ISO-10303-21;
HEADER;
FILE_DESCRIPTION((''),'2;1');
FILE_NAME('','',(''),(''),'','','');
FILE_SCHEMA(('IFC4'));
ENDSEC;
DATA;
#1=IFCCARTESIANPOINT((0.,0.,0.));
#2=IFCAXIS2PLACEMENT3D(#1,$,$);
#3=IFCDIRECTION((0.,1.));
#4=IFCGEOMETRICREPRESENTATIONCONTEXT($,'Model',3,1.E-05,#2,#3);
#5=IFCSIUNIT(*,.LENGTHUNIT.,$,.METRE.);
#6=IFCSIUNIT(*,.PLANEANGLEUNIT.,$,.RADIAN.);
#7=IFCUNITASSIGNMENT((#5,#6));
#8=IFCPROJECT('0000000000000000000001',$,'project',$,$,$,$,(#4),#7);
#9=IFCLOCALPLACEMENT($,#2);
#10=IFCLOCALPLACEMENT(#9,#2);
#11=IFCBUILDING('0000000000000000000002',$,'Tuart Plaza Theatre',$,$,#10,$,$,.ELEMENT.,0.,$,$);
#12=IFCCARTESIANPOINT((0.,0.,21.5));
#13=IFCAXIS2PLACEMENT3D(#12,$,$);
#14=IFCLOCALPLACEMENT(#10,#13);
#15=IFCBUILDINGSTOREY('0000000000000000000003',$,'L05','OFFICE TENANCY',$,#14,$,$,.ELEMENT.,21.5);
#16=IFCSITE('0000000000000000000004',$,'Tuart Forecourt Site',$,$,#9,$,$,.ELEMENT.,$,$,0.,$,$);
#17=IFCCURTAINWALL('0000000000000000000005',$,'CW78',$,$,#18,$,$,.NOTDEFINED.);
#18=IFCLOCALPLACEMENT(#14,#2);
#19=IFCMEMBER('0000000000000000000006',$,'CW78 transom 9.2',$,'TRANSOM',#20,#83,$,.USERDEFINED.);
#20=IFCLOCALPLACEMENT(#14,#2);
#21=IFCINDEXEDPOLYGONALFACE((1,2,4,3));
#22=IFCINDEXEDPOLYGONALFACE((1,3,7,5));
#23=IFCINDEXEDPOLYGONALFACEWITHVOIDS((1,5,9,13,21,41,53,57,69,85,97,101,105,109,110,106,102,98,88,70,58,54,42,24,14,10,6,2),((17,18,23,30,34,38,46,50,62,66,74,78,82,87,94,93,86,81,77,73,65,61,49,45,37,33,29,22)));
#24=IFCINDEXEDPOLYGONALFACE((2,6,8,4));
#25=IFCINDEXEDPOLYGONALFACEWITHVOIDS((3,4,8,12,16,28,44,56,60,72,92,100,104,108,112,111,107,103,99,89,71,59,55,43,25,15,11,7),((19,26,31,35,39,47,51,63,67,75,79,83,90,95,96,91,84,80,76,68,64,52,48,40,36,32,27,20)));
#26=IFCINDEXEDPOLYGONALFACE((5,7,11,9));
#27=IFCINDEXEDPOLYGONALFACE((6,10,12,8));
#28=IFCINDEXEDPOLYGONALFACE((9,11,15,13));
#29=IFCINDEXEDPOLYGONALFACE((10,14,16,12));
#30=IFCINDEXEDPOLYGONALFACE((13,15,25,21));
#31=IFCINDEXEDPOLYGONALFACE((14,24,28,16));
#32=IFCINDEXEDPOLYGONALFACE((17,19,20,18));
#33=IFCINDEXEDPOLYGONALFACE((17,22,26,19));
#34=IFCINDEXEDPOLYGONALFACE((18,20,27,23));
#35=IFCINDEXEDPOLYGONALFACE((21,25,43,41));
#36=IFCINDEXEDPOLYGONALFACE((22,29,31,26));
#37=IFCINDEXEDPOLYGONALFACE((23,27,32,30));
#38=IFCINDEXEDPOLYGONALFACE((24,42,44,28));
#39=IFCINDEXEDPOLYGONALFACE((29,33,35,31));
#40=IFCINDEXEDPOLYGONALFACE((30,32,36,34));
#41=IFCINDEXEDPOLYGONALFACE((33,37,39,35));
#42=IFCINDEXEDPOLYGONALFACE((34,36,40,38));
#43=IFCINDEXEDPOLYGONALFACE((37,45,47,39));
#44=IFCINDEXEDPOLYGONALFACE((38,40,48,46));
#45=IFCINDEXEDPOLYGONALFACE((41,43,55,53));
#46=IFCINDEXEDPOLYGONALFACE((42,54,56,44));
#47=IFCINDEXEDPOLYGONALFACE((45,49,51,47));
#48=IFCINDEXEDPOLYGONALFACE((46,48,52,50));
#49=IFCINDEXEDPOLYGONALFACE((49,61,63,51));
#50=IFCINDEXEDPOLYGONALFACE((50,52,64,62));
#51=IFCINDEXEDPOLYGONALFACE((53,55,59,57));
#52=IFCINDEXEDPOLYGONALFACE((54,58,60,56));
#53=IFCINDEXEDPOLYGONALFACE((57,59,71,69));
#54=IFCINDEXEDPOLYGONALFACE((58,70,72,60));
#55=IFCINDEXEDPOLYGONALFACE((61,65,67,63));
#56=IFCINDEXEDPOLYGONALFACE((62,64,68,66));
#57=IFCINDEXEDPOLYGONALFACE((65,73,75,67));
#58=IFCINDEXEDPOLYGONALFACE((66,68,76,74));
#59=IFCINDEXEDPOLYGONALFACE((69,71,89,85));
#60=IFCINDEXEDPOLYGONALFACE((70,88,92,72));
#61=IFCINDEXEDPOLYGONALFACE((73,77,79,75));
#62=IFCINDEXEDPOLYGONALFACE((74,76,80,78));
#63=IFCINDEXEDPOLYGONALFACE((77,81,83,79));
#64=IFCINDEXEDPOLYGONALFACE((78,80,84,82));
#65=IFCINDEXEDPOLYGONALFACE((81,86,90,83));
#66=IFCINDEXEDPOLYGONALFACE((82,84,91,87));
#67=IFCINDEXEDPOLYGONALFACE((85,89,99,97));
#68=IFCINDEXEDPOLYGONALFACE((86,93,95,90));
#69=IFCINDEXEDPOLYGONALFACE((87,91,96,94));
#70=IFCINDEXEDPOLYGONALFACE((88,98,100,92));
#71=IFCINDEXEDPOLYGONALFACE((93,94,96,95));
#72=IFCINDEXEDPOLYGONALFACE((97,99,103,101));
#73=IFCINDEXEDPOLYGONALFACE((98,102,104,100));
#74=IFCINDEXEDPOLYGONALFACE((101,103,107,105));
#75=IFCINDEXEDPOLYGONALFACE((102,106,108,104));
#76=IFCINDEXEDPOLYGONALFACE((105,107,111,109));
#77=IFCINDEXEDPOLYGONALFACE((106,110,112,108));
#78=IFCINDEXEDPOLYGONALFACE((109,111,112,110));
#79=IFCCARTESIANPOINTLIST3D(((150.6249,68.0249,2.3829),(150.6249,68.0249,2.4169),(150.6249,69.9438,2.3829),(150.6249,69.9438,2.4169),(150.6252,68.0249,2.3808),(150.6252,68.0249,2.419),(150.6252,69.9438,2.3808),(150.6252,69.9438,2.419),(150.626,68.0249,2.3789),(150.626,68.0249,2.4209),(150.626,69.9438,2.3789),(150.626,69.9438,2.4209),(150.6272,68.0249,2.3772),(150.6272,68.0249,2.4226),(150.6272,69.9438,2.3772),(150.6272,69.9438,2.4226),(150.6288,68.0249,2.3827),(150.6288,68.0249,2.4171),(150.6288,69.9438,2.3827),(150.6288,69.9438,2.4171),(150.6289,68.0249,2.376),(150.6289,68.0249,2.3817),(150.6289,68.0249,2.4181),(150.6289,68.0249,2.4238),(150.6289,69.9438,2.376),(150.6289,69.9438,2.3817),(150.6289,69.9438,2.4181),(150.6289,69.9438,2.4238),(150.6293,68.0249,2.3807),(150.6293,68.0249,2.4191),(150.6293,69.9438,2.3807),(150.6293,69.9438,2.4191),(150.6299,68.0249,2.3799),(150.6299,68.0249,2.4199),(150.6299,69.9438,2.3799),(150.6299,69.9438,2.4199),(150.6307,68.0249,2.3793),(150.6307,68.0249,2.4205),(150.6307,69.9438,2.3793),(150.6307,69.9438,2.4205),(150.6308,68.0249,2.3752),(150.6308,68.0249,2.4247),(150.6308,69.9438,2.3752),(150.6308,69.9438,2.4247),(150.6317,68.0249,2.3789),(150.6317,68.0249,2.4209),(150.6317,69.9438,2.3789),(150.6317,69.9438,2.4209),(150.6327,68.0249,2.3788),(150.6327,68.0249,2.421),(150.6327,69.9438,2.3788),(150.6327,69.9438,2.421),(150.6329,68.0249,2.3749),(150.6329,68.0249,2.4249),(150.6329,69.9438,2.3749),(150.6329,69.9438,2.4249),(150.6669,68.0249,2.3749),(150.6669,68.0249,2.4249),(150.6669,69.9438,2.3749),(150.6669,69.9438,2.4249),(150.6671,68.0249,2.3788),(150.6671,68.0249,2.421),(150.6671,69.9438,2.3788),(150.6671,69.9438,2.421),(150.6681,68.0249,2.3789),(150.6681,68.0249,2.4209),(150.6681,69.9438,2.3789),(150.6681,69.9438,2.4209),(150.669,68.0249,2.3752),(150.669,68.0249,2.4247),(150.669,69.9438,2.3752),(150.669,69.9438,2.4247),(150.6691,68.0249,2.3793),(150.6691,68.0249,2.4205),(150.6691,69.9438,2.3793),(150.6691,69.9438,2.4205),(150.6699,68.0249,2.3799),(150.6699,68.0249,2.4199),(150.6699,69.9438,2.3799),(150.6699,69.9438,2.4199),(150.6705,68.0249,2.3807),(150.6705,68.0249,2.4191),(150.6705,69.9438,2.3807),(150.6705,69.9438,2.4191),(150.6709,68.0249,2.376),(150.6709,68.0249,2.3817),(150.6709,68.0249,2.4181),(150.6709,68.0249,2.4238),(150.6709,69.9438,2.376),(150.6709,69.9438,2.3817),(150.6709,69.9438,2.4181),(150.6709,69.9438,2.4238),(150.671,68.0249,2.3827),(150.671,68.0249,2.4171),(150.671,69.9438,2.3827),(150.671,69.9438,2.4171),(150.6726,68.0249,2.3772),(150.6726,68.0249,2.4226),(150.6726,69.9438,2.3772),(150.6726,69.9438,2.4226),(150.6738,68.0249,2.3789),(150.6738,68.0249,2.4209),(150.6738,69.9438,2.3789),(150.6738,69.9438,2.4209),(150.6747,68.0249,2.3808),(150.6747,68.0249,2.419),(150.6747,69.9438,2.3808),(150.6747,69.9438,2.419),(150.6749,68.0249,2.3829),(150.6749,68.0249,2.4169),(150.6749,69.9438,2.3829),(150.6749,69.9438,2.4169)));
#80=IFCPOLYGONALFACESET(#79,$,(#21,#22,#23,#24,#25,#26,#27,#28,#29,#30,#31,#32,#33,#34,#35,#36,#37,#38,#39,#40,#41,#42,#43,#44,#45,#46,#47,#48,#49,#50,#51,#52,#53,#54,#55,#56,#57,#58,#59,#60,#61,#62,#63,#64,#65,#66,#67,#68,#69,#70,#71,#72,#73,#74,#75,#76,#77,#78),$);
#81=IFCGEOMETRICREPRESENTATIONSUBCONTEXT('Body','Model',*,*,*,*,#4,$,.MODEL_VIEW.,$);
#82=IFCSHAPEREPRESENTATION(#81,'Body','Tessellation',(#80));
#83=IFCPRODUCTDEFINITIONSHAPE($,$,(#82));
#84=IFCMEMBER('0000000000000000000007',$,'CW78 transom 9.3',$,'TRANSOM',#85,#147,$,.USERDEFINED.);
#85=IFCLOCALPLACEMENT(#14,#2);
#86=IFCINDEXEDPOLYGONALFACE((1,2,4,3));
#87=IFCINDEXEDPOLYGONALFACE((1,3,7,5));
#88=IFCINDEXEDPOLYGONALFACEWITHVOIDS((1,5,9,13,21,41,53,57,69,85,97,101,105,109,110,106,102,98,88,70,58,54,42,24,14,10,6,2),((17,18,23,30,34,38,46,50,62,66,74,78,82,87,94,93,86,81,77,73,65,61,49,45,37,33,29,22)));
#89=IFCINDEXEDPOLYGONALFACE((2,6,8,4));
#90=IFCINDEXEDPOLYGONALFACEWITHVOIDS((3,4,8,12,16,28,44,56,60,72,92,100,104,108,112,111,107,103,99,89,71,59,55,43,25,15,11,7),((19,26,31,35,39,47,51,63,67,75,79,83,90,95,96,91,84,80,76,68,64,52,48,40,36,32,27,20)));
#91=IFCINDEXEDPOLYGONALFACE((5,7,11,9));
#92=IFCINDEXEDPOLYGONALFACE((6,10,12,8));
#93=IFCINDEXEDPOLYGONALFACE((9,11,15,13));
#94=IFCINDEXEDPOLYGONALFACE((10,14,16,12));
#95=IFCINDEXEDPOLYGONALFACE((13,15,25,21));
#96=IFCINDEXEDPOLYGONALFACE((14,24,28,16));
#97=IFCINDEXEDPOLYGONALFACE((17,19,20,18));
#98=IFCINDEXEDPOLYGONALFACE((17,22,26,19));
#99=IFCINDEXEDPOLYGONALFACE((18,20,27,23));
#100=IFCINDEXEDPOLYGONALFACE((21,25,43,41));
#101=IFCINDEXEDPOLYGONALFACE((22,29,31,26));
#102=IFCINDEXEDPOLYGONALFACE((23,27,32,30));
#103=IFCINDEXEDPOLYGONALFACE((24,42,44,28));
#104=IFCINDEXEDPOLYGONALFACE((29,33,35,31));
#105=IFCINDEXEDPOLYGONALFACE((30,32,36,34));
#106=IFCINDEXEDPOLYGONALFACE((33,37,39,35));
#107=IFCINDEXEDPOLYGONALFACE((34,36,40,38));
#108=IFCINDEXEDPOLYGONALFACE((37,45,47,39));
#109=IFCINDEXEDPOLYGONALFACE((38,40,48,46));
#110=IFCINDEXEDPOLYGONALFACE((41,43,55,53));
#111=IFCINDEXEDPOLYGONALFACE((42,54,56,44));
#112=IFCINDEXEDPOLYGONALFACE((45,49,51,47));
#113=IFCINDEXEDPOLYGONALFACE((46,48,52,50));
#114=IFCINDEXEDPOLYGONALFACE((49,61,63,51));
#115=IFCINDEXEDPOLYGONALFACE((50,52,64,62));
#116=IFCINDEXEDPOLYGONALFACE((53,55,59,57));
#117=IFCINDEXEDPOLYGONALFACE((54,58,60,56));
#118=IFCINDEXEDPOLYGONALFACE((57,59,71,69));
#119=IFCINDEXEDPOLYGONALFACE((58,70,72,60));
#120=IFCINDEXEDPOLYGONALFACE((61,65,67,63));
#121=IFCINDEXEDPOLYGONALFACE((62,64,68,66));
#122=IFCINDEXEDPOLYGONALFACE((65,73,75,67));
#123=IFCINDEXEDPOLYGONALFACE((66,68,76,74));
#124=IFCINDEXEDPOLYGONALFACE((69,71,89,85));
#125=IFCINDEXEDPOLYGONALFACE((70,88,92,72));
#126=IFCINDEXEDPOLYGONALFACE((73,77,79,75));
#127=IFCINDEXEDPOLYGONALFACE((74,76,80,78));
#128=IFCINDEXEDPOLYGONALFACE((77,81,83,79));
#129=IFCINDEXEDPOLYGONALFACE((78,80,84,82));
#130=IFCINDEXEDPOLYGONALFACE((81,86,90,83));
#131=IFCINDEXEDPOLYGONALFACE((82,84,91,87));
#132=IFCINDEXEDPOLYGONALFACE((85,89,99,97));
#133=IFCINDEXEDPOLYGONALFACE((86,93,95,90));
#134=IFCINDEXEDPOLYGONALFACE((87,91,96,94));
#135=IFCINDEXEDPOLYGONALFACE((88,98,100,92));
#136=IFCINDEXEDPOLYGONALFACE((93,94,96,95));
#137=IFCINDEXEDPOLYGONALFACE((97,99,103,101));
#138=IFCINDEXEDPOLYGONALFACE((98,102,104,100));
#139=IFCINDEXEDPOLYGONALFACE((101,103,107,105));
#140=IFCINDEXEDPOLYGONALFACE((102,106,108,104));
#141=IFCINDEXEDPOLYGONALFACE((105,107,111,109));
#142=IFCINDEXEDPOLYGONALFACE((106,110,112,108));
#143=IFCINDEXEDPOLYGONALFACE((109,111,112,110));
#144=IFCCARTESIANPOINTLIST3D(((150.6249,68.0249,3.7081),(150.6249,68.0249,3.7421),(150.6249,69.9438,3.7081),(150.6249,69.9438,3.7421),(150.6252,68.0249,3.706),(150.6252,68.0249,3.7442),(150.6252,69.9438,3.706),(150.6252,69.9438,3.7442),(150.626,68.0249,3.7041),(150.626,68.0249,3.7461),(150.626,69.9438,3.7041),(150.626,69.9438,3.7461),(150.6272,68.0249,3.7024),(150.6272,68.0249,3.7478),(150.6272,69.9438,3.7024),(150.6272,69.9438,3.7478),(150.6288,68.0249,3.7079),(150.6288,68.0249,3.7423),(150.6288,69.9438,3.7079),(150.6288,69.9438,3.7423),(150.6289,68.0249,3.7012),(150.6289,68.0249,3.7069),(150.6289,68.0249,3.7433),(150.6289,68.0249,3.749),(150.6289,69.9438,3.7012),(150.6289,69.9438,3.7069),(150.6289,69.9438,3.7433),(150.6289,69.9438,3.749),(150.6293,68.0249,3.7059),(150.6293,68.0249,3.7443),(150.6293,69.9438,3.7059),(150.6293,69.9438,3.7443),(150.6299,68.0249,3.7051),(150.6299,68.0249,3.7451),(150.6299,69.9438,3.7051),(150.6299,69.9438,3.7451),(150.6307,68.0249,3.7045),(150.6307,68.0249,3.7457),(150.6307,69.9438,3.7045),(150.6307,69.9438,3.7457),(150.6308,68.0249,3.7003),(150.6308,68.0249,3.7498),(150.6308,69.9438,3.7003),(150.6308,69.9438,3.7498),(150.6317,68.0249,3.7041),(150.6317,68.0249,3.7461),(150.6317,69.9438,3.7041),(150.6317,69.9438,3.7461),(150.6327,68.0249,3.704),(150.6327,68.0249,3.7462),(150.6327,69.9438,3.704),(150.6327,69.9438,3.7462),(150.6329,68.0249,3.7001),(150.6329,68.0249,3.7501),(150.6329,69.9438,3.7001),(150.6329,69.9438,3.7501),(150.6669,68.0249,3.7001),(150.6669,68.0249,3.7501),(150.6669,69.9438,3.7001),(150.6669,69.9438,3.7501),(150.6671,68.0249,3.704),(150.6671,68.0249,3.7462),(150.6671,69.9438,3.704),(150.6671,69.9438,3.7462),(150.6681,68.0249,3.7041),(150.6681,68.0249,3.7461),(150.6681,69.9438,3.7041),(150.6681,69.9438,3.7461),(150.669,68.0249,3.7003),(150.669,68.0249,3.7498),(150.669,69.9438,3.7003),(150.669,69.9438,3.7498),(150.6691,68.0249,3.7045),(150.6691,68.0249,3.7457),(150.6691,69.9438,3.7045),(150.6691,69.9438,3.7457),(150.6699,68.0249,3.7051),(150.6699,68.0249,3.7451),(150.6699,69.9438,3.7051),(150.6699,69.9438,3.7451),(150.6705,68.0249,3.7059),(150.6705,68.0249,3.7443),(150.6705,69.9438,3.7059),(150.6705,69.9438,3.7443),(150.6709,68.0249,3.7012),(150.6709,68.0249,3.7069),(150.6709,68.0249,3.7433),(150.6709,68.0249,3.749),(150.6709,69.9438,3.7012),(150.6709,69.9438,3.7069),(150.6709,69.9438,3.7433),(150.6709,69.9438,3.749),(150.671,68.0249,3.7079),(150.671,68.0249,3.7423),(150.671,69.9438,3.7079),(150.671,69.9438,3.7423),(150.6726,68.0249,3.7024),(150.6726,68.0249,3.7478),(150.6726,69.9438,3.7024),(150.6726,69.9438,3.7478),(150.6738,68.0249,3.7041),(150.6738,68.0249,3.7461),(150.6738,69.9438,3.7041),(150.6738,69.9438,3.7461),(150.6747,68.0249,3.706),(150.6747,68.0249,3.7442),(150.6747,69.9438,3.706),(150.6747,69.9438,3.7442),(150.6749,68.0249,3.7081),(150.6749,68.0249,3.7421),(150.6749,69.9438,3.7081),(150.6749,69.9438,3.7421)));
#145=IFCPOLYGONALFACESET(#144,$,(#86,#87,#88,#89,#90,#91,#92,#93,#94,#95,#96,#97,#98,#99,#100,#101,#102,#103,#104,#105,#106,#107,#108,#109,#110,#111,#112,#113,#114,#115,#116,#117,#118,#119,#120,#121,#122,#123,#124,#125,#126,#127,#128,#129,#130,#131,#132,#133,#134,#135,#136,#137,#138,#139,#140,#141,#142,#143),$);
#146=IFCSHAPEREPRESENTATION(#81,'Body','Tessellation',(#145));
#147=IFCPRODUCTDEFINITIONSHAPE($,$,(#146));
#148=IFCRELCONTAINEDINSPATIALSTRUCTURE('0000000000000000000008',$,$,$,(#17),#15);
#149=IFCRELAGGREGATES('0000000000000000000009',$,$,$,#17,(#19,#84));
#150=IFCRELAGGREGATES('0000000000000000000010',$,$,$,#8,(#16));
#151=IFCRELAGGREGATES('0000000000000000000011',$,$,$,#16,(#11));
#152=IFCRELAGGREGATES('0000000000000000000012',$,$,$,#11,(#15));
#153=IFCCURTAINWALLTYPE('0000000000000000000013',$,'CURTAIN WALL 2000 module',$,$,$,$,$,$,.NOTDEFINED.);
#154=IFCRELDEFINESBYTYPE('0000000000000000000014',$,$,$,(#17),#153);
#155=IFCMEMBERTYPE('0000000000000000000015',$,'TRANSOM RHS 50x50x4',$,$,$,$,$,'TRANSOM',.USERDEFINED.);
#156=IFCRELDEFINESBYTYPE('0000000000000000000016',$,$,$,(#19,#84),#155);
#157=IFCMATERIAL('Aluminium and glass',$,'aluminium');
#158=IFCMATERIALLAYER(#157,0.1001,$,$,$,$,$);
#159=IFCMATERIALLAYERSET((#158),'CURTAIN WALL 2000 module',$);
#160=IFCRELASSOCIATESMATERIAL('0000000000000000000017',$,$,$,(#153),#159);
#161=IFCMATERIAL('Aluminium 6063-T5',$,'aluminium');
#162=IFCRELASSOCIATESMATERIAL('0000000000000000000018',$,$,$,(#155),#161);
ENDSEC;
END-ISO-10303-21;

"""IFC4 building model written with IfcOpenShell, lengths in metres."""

from ifc_helpers import new_model, si_unit, direction, frame, origin, origin_2d, place, context, subcontext, project, spatial, hollow_rectangle, extrude, material, layer, layer_set, material_profile, profile_set, type_object, element, aggregate, save


model = new_model("IFC4")

# Units and contexts
model_context = context("Model", 3, precision=1e-05, world=origin(), true_north=direction((0.0, 1.0)))
body_context = subcontext(model_context, "Body", "Model", "MODEL_VIEW")
ifc_project = project(units=[si_unit("LENGTHUNIT", "METRE"), si_unit("PLANEANGLEUNIT", "RADIAN")], contexts=[model_context])

# Site, building, storey
site_placement = place(None, origin())
site = spatial("IfcSite", under=ifc_project, at=site_placement, Name="Tuart Forecourt Site", CompositionType="ELEMENT", RefElevation=0.0)
building_placement = place(site_placement, origin())
building = spatial("IfcBuilding", under=site, at=building_placement, Name="Tuart Plaza Theatre", CompositionType="ELEMENT", ElevationOfRefHeight=0.0)
storey_placement = place(building_placement, frame((0.0, 0.0, 21.5)))
storey = spatial("IfcBuildingStorey", under=building, at=storey_placement, Name="L05", Description="OFFICE TENANCY", CompositionType="ELEMENT", Elevation=21.5)

# Curtain wall, members
ifc_material_1 = material(Name="Aluminium and glass", Category="aluminium")
ifc_layer_1 = layer(ifc_material_1, 0.1001)
ifc_layer_set_1 = layer_set([ifc_layer_1], Name="CURTAIN WALL 2000 module")
curtain_wall_type = type_object("IfcCurtainWallType", Name="CURTAIN WALL 2000 module", PredefinedType="NOTDEFINED", material=ifc_layer_set_1)
curtain_wall_placement = place(storey_placement, origin())
curtain_wall = element("IfcCurtainWall", 1, at=curtain_wall_placement, inside=storey, type_object=curtain_wall_type, Name="CW78", PredefinedType="NOTDEFINED")
ifc_material_2 = material(Name="Aluminium 6063-T5", Category="aluminium")
ifc_material_profile_1 = material_profile(ifc_material_2, hollow_rectangle(XDim=0.05, YDim=0.05, WallThickness=0.0039, InnerFilletRadius=0.0039, OuterFilletRadius=0.0081, at=origin_2d()), Name="RHS 50x50x4")
ifc_profile_set_1 = profile_set([ifc_material_profile_1], Name="Aluminium 6063-T5")
member_type_1 = type_object("IfcMemberType", Name="TRANSOM RHS 50x50x4", ElementType="TRANSOM", PredefinedType="USERDEFINED", material=ifc_profile_set_1)
member_1_placement = place(storey_placement, frame((150.6499, 68.0249, 2.3999), z_axis=(0.0, 1.0, 0.0), x_axis=(-1.0, 0.0, 0.0)))
member_1 = element("IfcMember", 2, at=member_1_placement, type_object=member_type_1, Name="CW78 transom 9.2", ObjectType="TRANSOM", PredefinedType="USERDEFINED", context=body_context, shape_type="SweptSolid", body=[
    extrude(hollow_rectangle(XDim=0.05, YDim=0.05, WallThickness=0.0039, InnerFilletRadius=0.0039, OuterFilletRadius=0.0081, at=origin_2d()), origin(), (0.0, 0.0, 1.0), 1.9189),
])
member_2_placement = place(storey_placement, frame((150.6499, 68.0249, 3.7251), z_axis=(0.0, 1.0, 0.0), x_axis=(-1.0, 0.0, 0.0)))
member_2 = element("IfcMember", 3, at=member_2_placement, type_object=member_type_1, Name="CW78 transom 9.3", ObjectType="TRANSOM", PredefinedType="USERDEFINED", context=body_context, shape_type="SweptSolid", body=[
    extrude(hollow_rectangle(XDim=0.05, YDim=0.05, WallThickness=0.0039, InnerFilletRadius=0.0039, OuterFilletRadius=0.0081, at=origin_2d()), origin(), (0.0, 0.0, 1.0), 1.9189),
])
aggregate(curtain_wall, [member_1, member_2])

save(model, "model.ifc")
